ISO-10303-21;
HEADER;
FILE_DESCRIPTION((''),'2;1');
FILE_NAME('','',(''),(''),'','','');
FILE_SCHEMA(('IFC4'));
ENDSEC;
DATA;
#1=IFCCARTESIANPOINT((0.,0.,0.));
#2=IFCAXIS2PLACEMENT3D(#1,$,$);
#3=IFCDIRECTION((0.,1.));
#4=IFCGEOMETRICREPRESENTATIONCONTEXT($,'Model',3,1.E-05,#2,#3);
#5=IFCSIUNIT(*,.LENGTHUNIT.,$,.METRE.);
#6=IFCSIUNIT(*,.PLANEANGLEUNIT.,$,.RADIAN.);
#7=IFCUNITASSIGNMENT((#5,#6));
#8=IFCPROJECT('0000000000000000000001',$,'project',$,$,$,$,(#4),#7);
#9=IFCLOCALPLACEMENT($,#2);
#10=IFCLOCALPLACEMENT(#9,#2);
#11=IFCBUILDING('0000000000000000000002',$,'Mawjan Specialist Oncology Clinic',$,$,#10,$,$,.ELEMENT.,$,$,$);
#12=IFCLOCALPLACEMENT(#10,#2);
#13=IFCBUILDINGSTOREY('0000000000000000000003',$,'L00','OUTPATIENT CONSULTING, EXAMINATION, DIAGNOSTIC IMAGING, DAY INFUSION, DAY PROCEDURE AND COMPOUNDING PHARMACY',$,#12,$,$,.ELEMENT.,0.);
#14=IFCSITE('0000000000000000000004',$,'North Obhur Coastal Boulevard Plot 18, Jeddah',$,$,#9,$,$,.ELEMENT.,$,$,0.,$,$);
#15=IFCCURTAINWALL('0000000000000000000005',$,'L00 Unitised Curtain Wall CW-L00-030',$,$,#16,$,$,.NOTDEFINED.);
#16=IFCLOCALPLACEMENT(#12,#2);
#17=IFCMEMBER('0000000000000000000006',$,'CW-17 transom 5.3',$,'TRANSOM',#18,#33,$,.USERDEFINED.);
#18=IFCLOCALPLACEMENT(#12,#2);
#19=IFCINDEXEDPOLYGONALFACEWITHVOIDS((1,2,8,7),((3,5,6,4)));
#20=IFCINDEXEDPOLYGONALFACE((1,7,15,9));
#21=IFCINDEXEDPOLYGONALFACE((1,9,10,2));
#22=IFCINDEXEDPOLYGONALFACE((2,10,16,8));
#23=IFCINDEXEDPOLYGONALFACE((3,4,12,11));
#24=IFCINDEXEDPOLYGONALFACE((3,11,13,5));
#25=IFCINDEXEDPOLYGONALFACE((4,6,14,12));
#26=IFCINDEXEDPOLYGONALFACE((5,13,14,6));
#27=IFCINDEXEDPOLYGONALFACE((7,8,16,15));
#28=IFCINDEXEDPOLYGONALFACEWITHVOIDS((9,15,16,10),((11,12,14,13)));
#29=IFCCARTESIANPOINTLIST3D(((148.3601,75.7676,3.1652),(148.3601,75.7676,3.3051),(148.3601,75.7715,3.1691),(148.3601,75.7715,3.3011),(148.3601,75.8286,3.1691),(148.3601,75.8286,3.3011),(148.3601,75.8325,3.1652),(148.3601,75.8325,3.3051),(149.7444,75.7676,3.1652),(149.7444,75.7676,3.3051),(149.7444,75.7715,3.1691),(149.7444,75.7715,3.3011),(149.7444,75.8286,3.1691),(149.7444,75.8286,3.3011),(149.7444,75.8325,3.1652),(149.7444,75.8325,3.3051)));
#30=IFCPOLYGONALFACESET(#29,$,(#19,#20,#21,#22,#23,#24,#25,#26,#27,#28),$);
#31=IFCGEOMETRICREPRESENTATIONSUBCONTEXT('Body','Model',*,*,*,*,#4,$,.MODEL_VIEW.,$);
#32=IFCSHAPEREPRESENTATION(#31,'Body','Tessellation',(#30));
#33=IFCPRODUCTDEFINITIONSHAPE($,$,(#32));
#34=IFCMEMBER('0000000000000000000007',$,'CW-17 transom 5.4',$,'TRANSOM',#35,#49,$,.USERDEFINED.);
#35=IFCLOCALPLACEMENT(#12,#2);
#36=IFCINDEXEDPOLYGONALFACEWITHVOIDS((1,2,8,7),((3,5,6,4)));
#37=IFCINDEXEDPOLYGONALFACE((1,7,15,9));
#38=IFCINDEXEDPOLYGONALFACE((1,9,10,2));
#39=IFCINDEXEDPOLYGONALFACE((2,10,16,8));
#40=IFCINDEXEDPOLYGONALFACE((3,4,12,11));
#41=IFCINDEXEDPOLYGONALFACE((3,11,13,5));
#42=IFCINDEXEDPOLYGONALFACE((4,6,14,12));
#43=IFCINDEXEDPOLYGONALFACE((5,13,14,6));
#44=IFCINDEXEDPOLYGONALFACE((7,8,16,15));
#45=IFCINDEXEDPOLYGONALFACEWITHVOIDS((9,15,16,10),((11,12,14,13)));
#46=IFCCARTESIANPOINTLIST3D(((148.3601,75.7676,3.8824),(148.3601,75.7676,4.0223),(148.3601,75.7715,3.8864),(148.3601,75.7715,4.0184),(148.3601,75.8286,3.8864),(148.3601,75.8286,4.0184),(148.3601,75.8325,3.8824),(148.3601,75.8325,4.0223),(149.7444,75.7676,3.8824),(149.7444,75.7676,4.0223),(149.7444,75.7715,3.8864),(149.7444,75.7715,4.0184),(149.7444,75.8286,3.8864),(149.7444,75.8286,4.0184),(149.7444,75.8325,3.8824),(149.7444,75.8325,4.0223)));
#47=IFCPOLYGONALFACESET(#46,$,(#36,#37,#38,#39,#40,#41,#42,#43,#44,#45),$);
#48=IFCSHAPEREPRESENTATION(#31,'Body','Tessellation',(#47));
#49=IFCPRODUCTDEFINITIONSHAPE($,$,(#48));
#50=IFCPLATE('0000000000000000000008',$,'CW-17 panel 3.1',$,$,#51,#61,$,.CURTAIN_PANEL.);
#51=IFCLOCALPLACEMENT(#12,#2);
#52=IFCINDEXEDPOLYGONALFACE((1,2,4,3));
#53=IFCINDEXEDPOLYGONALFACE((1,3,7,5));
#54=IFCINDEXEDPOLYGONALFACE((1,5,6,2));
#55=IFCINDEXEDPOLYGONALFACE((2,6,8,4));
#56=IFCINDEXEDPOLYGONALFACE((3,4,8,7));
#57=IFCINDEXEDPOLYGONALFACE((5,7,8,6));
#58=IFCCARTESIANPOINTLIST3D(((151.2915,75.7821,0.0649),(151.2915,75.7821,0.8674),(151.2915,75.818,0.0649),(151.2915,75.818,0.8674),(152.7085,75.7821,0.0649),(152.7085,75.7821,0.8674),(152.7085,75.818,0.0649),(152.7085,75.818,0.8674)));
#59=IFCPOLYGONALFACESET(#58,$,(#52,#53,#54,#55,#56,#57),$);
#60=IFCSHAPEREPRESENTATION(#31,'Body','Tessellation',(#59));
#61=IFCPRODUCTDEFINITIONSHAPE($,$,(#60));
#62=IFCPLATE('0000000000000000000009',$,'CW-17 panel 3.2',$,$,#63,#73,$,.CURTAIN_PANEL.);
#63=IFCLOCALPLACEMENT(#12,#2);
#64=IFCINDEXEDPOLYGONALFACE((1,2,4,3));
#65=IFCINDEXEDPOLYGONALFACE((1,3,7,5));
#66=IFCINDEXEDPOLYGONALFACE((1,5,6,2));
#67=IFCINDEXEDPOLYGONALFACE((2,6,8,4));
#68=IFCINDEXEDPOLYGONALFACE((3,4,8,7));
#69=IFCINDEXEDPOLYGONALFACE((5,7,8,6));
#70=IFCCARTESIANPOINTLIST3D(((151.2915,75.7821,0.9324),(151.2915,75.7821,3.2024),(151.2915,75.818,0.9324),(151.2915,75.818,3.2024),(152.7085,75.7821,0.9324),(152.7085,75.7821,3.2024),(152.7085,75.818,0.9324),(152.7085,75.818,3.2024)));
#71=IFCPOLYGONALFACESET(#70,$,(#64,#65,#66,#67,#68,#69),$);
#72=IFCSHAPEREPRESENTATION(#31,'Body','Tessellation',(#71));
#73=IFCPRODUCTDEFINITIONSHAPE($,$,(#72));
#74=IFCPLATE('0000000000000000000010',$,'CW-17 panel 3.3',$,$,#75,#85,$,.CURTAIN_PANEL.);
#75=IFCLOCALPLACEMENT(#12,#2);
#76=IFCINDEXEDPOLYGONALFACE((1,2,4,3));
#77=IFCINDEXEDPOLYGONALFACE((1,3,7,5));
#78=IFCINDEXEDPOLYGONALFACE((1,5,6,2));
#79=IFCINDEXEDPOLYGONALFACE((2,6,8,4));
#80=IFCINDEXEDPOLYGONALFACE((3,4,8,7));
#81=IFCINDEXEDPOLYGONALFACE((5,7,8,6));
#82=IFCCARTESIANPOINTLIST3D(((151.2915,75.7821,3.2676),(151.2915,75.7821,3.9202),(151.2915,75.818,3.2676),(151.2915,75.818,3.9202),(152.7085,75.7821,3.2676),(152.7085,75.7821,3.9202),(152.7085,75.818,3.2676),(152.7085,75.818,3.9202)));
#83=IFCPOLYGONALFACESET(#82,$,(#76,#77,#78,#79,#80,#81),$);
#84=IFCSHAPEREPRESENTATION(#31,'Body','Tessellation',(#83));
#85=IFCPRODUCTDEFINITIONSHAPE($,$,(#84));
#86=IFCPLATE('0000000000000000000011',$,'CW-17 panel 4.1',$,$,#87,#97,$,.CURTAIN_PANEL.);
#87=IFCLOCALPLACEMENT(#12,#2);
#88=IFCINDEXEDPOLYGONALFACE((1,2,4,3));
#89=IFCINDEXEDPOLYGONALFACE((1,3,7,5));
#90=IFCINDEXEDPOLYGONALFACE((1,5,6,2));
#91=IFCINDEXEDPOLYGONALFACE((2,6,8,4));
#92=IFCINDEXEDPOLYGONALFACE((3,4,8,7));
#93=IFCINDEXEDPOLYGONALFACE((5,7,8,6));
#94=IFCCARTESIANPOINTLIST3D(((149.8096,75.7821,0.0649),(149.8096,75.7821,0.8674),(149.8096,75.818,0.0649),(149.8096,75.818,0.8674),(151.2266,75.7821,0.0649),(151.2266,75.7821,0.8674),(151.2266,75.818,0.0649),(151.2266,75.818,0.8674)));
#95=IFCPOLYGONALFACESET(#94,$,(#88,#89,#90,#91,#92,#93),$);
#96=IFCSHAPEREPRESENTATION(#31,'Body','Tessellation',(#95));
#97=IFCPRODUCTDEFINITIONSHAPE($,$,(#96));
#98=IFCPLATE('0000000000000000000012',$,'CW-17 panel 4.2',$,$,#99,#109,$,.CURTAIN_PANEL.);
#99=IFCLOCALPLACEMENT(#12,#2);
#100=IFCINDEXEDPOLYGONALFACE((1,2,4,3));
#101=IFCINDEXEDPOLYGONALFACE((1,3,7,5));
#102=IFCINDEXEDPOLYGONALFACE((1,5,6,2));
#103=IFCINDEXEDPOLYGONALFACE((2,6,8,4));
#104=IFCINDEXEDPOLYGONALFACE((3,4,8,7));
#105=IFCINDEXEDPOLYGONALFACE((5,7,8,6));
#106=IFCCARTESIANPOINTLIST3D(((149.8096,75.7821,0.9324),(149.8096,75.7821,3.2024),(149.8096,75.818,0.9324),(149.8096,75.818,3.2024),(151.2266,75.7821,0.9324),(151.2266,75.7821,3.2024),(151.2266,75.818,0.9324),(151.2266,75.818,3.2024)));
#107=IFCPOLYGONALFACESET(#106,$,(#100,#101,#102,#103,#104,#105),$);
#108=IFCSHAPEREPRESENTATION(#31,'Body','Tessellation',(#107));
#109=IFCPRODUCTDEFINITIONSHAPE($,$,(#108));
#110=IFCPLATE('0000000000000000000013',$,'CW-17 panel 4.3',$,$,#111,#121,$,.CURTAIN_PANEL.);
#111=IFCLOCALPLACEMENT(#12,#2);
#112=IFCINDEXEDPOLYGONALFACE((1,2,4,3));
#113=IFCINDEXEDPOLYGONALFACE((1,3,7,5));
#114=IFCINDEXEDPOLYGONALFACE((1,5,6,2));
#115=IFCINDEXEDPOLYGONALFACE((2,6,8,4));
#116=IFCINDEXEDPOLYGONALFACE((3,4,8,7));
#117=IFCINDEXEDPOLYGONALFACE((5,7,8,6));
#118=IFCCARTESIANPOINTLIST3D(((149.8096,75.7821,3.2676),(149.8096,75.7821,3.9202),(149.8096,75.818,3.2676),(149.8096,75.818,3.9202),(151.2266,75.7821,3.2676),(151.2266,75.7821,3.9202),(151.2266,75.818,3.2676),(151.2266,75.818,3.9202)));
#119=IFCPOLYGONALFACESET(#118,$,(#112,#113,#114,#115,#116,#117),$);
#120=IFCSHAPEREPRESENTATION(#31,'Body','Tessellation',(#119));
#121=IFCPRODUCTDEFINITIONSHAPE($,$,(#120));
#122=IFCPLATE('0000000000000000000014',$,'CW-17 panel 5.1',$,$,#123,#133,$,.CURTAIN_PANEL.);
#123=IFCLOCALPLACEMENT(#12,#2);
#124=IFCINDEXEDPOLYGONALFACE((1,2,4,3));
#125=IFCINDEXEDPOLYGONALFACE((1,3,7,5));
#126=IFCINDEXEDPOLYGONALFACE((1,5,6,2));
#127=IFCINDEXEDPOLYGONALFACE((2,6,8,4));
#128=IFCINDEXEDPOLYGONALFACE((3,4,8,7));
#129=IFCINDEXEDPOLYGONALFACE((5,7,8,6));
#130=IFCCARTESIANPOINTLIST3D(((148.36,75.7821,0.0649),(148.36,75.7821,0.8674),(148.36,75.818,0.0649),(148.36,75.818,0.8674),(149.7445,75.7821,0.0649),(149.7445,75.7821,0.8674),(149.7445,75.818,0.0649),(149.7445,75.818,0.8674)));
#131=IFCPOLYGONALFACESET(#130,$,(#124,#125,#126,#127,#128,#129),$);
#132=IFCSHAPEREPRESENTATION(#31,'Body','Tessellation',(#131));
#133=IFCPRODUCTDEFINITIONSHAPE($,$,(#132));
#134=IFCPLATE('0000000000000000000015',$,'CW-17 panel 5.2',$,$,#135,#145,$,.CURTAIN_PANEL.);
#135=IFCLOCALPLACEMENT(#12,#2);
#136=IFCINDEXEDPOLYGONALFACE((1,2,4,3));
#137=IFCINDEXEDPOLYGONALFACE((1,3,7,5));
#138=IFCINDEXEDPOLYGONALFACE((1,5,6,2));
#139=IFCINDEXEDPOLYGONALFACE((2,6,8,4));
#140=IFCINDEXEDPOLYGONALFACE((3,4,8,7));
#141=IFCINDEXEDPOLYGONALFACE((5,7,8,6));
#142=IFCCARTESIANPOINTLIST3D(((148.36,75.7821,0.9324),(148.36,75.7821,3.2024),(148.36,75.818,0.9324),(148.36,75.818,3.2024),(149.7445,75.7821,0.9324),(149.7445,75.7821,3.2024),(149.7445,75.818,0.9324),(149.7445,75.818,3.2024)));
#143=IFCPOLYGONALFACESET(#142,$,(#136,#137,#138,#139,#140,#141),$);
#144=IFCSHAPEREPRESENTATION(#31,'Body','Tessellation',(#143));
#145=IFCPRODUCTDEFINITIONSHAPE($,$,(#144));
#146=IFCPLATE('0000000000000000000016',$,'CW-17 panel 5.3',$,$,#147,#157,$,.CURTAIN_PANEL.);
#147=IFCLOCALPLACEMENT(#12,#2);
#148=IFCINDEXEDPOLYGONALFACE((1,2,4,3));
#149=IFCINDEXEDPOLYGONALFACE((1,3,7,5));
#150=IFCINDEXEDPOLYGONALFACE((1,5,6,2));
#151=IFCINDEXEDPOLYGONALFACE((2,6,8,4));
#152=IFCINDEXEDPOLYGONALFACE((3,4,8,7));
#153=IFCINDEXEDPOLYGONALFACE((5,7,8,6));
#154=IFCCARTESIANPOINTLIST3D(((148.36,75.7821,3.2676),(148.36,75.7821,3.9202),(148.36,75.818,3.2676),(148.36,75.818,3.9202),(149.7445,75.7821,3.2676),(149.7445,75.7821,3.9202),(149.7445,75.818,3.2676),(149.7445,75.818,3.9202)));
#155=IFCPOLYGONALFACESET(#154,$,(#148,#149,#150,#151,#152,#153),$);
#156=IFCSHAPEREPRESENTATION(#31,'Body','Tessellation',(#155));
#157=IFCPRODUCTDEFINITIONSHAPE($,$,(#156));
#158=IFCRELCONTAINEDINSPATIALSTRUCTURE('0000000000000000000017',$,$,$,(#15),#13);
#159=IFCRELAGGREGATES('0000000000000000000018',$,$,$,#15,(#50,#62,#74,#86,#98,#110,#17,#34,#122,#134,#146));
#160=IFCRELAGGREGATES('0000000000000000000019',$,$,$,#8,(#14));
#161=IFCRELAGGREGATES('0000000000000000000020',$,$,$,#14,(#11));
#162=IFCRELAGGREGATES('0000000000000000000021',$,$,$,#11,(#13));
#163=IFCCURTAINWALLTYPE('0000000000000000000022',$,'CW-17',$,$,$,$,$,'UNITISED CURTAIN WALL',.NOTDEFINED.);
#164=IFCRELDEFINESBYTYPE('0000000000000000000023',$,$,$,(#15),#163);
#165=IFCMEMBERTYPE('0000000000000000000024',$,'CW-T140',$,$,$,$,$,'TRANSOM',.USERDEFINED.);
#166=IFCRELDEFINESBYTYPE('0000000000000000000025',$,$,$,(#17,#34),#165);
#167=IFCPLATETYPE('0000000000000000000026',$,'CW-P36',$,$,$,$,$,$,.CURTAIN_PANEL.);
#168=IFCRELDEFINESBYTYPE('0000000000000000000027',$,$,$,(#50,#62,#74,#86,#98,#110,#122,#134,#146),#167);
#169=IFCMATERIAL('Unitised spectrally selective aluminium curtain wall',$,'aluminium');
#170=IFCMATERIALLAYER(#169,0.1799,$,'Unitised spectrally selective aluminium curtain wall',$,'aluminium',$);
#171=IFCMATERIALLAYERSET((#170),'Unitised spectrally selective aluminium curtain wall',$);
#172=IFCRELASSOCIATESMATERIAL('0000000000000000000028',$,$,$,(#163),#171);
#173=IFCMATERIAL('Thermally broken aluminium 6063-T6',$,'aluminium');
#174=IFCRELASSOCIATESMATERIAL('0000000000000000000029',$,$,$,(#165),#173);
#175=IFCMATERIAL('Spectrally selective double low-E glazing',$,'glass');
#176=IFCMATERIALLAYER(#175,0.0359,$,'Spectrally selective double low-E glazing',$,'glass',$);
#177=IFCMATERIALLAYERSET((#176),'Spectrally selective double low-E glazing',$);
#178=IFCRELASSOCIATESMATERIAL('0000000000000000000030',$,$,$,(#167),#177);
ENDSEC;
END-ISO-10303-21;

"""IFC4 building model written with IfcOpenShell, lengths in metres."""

from ifc_helpers import new_model, si_unit, direction, frame, origin, origin_2d, place, context, subcontext, project, spatial, rectangle, hollow_rectangle, extrude, material, layer, layer_set, material_profile, profile_set, type_object, element, aggregate, save


model = new_model("IFC4")

# Units and contexts
model_context = context("Model", 3, precision=1e-05, world=origin(), true_north=direction((0.0, 1.0)))
body_context = subcontext(model_context, "Body", "Model", "MODEL_VIEW")
ifc_project = project(units=[si_unit("LENGTHUNIT", "METRE"), si_unit("PLANEANGLEUNIT", "RADIAN")], contexts=[model_context])

# Site, building, storey
site_placement = place(None, origin())
site = spatial("IfcSite", under=ifc_project, at=site_placement, Name="North Obhur Coastal Boulevard Plot 18, Jeddah", CompositionType="ELEMENT", RefElevation=0.0)
building_placement = place(site_placement, origin())
building = spatial("IfcBuilding", under=site, at=building_placement, Name="Mawjan Specialist Oncology Clinic", CompositionType="ELEMENT")
storey_placement = place(building_placement, origin())
storey = spatial("IfcBuildingStorey", under=building, at=storey_placement, Name="L00", Description="OUTPATIENT CONSULTING, EXAMINATION, DIAGNOSTIC IMAGING, DAY INFUSION, DAY PROCEDURE AND COMPOUNDING PHARMACY", CompositionType="ELEMENT", Elevation=0.0)

# Curtain wall, members, plates
ifc_material_1 = material(Name="Unitised spectrally selective aluminium curtain wall", Category="aluminium")
ifc_layer_1 = layer(ifc_material_1, 0.1799, Name="Unitised spectrally selective aluminium curtain wall", Category="aluminium")
ifc_layer_set_1 = layer_set([ifc_layer_1], Name="Unitised spectrally selective aluminium curtain wall")
curtain_wall_type = type_object("IfcCurtainWallType", Name="CW-17", ElementType="UNITISED CURTAIN WALL", PredefinedType="NOTDEFINED", material=ifc_layer_set_1)
curtain_wall_placement = place(storey_placement, origin())
curtain_wall = element("IfcCurtainWall", 1, at=curtain_wall_placement, inside=storey, type_object=curtain_wall_type, Name="L00 Unitised Curtain Wall CW-L00-030", PredefinedType="NOTDEFINED")
ifc_material_2 = material(Name="Thermally broken aluminium 6063-T6", Category="aluminium")
ifc_material_profile_1 = material_profile(ifc_material_2, hollow_rectangle(XDim=0.0649, YDim=0.1399, WallThickness=0.0039, at=origin_2d()), Name="ALU TRANSOM 140x65x4", Category="aluminium")
ifc_profile_set_1 = profile_set([ifc_material_profile_1], Name="Thermally broken aluminium 6063-T6")
member_type_1 = type_object("IfcMemberType", Name="CW-T140", ElementType="TRANSOM", PredefinedType="USERDEFINED", material=ifc_profile_set_1)
member_1_placement = place(storey_placement, frame((149.7444, 75.8, 3.2351), z_axis=(-1.0, 0.0, 0.0), x_axis=(0.0, -1.0, 0.0)))
member_1 = element("IfcMember", 2, at=member_1_placement, type_object=member_type_1, Name="CW-17 transom 5.3", ObjectType="TRANSOM", PredefinedType="USERDEFINED", context=body_context, shape_type="SweptSolid", body=[
    extrude(hollow_rectangle(XDim=0.0649, YDim=0.1399, WallThickness=0.0039, at=origin_2d()), origin(), (0.0, 0.0, 1.0), 1.3843),
])
member_2_placement = place(storey_placement, frame((149.7444, 75.8, 3.9524), z_axis=(-1.0, 0.0, 0.0), x_axis=(0.0, -1.0, 0.0)))
member_2 = element("IfcMember", 3, at=member_2_placement, type_object=member_type_1, Name="CW-17 transom 5.4", ObjectType="TRANSOM", PredefinedType="USERDEFINED", context=body_context, shape_type="SweptSolid", body=[
    extrude(hollow_rectangle(XDim=0.0649, YDim=0.1399, WallThickness=0.0039, at=origin_2d()), origin(), (0.0, 0.0, 1.0), 1.3843),
])
ifc_material_3 = material(Name="Spectrally selective double low-E glazing", Category="glass")
ifc_layer_2 = layer(ifc_material_3, 0.0359, Name="Spectrally selective double low-E glazing", Category="glass")
ifc_layer_set_2 = layer_set([ifc_layer_2], Name="Spectrally selective double low-E glazing")
plate_type = type_object("IfcPlateType", Name="CW-P36", PredefinedType="CURTAIN_PANEL", material=ifc_layer_set_2)
plate_1_placement = place(storey_placement, frame((152.0, 75.8, 0.0649), z_axis=(0.0, 0.0, 1.0), x_axis=(-1.0, 0.0, 0.0)))
plate_1 = element("IfcPlate", 4, at=plate_1_placement, type_object=plate_type, Name="CW-17 panel 3.1", PredefinedType="CURTAIN_PANEL", context=body_context, shape_type="SweptSolid", body=[
    extrude(rectangle(XDim=1.417, YDim=0.0359, at=origin_2d()), origin(), (0.0, 0.0, 1.0), 0.8025),
])
plate_2_placement = place(storey_placement, frame((152.0, 75.8, 0.9324), z_axis=(0.0, 0.0, 1.0), x_axis=(-1.0, 0.0, 0.0)))
plate_2 = element("IfcPlate", 5, at=plate_2_placement, type_object=plate_type, Name="CW-17 panel 3.2", PredefinedType="CURTAIN_PANEL", context=body_context, shape_type="SweptSolid", body=[
    extrude(rectangle(XDim=1.417, YDim=0.0359, at=origin_2d()), origin(), (0.0, 0.0, 1.0), 2.27),
])
plate_3_placement = place(storey_placement, frame((152.0, 75.8, 3.2676), z_axis=(0.0, 0.0, 1.0), x_axis=(-1.0, 0.0, 0.0)))
plate_3 = element("IfcPlate", 6, at=plate_3_placement, type_object=plate_type, Name="CW-17 panel 3.3", PredefinedType="CURTAIN_PANEL", context=body_context, shape_type="SweptSolid", body=[
    extrude(rectangle(XDim=1.417, YDim=0.0359, at=origin_2d()), origin(), (0.0, 0.0, 1.0), 0.6526),
])
plate_4_placement = place(storey_placement, frame((150.5181, 75.8, 0.0649), z_axis=(0.0, 0.0, 1.0), x_axis=(-1.0, 0.0, 0.0)))
plate_4 = element("IfcPlate", 7, at=plate_4_placement, type_object=plate_type, Name="CW-17 panel 4.1", PredefinedType="CURTAIN_PANEL", context=body_context, shape_type="SweptSolid", body=[
    extrude(rectangle(XDim=1.417, YDim=0.0359, at=origin_2d()), origin(), (0.0, 0.0, 1.0), 0.8025),
])
plate_5_placement = place(storey_placement, frame((150.5181, 75.8, 0.9324), z_axis=(0.0, 0.0, 1.0), x_axis=(-1.0, 0.0, 0.0)))
plate_5 = element("IfcPlate", 8, at=plate_5_placement, type_object=plate_type, Name="CW-17 panel 4.2", PredefinedType="CURTAIN_PANEL", context=body_context, shape_type="SweptSolid", body=[
    extrude(rectangle(XDim=1.417, YDim=0.0359, at=origin_2d()), origin(), (0.0, 0.0, 1.0), 2.27),
])
plate_6_placement = place(storey_placement, frame((150.5181, 75.8, 3.2676), z_axis=(0.0, 0.0, 1.0), x_axis=(-1.0, 0.0, 0.0)))
plate_6 = element("IfcPlate", 9, at=plate_6_placement, type_object=plate_type, Name="CW-17 panel 4.3", PredefinedType="CURTAIN_PANEL", context=body_context, shape_type="SweptSolid", body=[
    extrude(rectangle(XDim=1.417, YDim=0.0359, at=origin_2d()), origin(), (0.0, 0.0, 1.0), 0.6526),
])
plate_7_placement = place(storey_placement, frame((149.0522, 75.8, 0.0649), z_axis=(0.0, 0.0, 1.0), x_axis=(-1.0, 0.0, 0.0)))
plate_7 = element("IfcPlate", 10, at=plate_7_placement, type_object=plate_type, Name="CW-17 panel 5.1", PredefinedType="CURTAIN_PANEL", context=body_context, shape_type="SweptSolid", body=[
    extrude(rectangle(XDim=1.3845, YDim=0.0359, at=origin_2d()), origin(), (0.0, 0.0, 1.0), 0.8025),
])
plate_8_placement = place(storey_placement, frame((149.0522, 75.8, 0.9324), z_axis=(0.0, 0.0, 1.0), x_axis=(-1.0, 0.0, 0.0)))
plate_8 = element("IfcPlate", 11, at=plate_8_placement, type_object=plate_type, Name="CW-17 panel 5.2", PredefinedType="CURTAIN_PANEL", context=body_context, shape_type="SweptSolid", body=[
    extrude(rectangle(XDim=1.3845, YDim=0.0359, at=origin_2d()), origin(), (0.0, 0.0, 1.0), 2.27),
])
plate_9_placement = place(storey_placement, frame((149.0522, 75.8, 3.2676), z_axis=(0.0, 0.0, 1.0), x_axis=(-1.0, 0.0, 0.0)))
plate_9 = element("IfcPlate", 12, at=plate_9_placement, type_object=plate_type, Name="CW-17 panel 5.3", PredefinedType="CURTAIN_PANEL", context=body_context, shape_type="SweptSolid", body=[
    extrude(rectangle(XDim=1.3845, YDim=0.0359, at=origin_2d()), origin(), (0.0, 0.0, 1.0), 0.6526),
])
aggregate(curtain_wall, [plate_1, plate_2, plate_3, plate_4, plate_5, plate_6, member_1, member_2, plate_7, plate_8, plate_9])

save(model, "model.ifc")
